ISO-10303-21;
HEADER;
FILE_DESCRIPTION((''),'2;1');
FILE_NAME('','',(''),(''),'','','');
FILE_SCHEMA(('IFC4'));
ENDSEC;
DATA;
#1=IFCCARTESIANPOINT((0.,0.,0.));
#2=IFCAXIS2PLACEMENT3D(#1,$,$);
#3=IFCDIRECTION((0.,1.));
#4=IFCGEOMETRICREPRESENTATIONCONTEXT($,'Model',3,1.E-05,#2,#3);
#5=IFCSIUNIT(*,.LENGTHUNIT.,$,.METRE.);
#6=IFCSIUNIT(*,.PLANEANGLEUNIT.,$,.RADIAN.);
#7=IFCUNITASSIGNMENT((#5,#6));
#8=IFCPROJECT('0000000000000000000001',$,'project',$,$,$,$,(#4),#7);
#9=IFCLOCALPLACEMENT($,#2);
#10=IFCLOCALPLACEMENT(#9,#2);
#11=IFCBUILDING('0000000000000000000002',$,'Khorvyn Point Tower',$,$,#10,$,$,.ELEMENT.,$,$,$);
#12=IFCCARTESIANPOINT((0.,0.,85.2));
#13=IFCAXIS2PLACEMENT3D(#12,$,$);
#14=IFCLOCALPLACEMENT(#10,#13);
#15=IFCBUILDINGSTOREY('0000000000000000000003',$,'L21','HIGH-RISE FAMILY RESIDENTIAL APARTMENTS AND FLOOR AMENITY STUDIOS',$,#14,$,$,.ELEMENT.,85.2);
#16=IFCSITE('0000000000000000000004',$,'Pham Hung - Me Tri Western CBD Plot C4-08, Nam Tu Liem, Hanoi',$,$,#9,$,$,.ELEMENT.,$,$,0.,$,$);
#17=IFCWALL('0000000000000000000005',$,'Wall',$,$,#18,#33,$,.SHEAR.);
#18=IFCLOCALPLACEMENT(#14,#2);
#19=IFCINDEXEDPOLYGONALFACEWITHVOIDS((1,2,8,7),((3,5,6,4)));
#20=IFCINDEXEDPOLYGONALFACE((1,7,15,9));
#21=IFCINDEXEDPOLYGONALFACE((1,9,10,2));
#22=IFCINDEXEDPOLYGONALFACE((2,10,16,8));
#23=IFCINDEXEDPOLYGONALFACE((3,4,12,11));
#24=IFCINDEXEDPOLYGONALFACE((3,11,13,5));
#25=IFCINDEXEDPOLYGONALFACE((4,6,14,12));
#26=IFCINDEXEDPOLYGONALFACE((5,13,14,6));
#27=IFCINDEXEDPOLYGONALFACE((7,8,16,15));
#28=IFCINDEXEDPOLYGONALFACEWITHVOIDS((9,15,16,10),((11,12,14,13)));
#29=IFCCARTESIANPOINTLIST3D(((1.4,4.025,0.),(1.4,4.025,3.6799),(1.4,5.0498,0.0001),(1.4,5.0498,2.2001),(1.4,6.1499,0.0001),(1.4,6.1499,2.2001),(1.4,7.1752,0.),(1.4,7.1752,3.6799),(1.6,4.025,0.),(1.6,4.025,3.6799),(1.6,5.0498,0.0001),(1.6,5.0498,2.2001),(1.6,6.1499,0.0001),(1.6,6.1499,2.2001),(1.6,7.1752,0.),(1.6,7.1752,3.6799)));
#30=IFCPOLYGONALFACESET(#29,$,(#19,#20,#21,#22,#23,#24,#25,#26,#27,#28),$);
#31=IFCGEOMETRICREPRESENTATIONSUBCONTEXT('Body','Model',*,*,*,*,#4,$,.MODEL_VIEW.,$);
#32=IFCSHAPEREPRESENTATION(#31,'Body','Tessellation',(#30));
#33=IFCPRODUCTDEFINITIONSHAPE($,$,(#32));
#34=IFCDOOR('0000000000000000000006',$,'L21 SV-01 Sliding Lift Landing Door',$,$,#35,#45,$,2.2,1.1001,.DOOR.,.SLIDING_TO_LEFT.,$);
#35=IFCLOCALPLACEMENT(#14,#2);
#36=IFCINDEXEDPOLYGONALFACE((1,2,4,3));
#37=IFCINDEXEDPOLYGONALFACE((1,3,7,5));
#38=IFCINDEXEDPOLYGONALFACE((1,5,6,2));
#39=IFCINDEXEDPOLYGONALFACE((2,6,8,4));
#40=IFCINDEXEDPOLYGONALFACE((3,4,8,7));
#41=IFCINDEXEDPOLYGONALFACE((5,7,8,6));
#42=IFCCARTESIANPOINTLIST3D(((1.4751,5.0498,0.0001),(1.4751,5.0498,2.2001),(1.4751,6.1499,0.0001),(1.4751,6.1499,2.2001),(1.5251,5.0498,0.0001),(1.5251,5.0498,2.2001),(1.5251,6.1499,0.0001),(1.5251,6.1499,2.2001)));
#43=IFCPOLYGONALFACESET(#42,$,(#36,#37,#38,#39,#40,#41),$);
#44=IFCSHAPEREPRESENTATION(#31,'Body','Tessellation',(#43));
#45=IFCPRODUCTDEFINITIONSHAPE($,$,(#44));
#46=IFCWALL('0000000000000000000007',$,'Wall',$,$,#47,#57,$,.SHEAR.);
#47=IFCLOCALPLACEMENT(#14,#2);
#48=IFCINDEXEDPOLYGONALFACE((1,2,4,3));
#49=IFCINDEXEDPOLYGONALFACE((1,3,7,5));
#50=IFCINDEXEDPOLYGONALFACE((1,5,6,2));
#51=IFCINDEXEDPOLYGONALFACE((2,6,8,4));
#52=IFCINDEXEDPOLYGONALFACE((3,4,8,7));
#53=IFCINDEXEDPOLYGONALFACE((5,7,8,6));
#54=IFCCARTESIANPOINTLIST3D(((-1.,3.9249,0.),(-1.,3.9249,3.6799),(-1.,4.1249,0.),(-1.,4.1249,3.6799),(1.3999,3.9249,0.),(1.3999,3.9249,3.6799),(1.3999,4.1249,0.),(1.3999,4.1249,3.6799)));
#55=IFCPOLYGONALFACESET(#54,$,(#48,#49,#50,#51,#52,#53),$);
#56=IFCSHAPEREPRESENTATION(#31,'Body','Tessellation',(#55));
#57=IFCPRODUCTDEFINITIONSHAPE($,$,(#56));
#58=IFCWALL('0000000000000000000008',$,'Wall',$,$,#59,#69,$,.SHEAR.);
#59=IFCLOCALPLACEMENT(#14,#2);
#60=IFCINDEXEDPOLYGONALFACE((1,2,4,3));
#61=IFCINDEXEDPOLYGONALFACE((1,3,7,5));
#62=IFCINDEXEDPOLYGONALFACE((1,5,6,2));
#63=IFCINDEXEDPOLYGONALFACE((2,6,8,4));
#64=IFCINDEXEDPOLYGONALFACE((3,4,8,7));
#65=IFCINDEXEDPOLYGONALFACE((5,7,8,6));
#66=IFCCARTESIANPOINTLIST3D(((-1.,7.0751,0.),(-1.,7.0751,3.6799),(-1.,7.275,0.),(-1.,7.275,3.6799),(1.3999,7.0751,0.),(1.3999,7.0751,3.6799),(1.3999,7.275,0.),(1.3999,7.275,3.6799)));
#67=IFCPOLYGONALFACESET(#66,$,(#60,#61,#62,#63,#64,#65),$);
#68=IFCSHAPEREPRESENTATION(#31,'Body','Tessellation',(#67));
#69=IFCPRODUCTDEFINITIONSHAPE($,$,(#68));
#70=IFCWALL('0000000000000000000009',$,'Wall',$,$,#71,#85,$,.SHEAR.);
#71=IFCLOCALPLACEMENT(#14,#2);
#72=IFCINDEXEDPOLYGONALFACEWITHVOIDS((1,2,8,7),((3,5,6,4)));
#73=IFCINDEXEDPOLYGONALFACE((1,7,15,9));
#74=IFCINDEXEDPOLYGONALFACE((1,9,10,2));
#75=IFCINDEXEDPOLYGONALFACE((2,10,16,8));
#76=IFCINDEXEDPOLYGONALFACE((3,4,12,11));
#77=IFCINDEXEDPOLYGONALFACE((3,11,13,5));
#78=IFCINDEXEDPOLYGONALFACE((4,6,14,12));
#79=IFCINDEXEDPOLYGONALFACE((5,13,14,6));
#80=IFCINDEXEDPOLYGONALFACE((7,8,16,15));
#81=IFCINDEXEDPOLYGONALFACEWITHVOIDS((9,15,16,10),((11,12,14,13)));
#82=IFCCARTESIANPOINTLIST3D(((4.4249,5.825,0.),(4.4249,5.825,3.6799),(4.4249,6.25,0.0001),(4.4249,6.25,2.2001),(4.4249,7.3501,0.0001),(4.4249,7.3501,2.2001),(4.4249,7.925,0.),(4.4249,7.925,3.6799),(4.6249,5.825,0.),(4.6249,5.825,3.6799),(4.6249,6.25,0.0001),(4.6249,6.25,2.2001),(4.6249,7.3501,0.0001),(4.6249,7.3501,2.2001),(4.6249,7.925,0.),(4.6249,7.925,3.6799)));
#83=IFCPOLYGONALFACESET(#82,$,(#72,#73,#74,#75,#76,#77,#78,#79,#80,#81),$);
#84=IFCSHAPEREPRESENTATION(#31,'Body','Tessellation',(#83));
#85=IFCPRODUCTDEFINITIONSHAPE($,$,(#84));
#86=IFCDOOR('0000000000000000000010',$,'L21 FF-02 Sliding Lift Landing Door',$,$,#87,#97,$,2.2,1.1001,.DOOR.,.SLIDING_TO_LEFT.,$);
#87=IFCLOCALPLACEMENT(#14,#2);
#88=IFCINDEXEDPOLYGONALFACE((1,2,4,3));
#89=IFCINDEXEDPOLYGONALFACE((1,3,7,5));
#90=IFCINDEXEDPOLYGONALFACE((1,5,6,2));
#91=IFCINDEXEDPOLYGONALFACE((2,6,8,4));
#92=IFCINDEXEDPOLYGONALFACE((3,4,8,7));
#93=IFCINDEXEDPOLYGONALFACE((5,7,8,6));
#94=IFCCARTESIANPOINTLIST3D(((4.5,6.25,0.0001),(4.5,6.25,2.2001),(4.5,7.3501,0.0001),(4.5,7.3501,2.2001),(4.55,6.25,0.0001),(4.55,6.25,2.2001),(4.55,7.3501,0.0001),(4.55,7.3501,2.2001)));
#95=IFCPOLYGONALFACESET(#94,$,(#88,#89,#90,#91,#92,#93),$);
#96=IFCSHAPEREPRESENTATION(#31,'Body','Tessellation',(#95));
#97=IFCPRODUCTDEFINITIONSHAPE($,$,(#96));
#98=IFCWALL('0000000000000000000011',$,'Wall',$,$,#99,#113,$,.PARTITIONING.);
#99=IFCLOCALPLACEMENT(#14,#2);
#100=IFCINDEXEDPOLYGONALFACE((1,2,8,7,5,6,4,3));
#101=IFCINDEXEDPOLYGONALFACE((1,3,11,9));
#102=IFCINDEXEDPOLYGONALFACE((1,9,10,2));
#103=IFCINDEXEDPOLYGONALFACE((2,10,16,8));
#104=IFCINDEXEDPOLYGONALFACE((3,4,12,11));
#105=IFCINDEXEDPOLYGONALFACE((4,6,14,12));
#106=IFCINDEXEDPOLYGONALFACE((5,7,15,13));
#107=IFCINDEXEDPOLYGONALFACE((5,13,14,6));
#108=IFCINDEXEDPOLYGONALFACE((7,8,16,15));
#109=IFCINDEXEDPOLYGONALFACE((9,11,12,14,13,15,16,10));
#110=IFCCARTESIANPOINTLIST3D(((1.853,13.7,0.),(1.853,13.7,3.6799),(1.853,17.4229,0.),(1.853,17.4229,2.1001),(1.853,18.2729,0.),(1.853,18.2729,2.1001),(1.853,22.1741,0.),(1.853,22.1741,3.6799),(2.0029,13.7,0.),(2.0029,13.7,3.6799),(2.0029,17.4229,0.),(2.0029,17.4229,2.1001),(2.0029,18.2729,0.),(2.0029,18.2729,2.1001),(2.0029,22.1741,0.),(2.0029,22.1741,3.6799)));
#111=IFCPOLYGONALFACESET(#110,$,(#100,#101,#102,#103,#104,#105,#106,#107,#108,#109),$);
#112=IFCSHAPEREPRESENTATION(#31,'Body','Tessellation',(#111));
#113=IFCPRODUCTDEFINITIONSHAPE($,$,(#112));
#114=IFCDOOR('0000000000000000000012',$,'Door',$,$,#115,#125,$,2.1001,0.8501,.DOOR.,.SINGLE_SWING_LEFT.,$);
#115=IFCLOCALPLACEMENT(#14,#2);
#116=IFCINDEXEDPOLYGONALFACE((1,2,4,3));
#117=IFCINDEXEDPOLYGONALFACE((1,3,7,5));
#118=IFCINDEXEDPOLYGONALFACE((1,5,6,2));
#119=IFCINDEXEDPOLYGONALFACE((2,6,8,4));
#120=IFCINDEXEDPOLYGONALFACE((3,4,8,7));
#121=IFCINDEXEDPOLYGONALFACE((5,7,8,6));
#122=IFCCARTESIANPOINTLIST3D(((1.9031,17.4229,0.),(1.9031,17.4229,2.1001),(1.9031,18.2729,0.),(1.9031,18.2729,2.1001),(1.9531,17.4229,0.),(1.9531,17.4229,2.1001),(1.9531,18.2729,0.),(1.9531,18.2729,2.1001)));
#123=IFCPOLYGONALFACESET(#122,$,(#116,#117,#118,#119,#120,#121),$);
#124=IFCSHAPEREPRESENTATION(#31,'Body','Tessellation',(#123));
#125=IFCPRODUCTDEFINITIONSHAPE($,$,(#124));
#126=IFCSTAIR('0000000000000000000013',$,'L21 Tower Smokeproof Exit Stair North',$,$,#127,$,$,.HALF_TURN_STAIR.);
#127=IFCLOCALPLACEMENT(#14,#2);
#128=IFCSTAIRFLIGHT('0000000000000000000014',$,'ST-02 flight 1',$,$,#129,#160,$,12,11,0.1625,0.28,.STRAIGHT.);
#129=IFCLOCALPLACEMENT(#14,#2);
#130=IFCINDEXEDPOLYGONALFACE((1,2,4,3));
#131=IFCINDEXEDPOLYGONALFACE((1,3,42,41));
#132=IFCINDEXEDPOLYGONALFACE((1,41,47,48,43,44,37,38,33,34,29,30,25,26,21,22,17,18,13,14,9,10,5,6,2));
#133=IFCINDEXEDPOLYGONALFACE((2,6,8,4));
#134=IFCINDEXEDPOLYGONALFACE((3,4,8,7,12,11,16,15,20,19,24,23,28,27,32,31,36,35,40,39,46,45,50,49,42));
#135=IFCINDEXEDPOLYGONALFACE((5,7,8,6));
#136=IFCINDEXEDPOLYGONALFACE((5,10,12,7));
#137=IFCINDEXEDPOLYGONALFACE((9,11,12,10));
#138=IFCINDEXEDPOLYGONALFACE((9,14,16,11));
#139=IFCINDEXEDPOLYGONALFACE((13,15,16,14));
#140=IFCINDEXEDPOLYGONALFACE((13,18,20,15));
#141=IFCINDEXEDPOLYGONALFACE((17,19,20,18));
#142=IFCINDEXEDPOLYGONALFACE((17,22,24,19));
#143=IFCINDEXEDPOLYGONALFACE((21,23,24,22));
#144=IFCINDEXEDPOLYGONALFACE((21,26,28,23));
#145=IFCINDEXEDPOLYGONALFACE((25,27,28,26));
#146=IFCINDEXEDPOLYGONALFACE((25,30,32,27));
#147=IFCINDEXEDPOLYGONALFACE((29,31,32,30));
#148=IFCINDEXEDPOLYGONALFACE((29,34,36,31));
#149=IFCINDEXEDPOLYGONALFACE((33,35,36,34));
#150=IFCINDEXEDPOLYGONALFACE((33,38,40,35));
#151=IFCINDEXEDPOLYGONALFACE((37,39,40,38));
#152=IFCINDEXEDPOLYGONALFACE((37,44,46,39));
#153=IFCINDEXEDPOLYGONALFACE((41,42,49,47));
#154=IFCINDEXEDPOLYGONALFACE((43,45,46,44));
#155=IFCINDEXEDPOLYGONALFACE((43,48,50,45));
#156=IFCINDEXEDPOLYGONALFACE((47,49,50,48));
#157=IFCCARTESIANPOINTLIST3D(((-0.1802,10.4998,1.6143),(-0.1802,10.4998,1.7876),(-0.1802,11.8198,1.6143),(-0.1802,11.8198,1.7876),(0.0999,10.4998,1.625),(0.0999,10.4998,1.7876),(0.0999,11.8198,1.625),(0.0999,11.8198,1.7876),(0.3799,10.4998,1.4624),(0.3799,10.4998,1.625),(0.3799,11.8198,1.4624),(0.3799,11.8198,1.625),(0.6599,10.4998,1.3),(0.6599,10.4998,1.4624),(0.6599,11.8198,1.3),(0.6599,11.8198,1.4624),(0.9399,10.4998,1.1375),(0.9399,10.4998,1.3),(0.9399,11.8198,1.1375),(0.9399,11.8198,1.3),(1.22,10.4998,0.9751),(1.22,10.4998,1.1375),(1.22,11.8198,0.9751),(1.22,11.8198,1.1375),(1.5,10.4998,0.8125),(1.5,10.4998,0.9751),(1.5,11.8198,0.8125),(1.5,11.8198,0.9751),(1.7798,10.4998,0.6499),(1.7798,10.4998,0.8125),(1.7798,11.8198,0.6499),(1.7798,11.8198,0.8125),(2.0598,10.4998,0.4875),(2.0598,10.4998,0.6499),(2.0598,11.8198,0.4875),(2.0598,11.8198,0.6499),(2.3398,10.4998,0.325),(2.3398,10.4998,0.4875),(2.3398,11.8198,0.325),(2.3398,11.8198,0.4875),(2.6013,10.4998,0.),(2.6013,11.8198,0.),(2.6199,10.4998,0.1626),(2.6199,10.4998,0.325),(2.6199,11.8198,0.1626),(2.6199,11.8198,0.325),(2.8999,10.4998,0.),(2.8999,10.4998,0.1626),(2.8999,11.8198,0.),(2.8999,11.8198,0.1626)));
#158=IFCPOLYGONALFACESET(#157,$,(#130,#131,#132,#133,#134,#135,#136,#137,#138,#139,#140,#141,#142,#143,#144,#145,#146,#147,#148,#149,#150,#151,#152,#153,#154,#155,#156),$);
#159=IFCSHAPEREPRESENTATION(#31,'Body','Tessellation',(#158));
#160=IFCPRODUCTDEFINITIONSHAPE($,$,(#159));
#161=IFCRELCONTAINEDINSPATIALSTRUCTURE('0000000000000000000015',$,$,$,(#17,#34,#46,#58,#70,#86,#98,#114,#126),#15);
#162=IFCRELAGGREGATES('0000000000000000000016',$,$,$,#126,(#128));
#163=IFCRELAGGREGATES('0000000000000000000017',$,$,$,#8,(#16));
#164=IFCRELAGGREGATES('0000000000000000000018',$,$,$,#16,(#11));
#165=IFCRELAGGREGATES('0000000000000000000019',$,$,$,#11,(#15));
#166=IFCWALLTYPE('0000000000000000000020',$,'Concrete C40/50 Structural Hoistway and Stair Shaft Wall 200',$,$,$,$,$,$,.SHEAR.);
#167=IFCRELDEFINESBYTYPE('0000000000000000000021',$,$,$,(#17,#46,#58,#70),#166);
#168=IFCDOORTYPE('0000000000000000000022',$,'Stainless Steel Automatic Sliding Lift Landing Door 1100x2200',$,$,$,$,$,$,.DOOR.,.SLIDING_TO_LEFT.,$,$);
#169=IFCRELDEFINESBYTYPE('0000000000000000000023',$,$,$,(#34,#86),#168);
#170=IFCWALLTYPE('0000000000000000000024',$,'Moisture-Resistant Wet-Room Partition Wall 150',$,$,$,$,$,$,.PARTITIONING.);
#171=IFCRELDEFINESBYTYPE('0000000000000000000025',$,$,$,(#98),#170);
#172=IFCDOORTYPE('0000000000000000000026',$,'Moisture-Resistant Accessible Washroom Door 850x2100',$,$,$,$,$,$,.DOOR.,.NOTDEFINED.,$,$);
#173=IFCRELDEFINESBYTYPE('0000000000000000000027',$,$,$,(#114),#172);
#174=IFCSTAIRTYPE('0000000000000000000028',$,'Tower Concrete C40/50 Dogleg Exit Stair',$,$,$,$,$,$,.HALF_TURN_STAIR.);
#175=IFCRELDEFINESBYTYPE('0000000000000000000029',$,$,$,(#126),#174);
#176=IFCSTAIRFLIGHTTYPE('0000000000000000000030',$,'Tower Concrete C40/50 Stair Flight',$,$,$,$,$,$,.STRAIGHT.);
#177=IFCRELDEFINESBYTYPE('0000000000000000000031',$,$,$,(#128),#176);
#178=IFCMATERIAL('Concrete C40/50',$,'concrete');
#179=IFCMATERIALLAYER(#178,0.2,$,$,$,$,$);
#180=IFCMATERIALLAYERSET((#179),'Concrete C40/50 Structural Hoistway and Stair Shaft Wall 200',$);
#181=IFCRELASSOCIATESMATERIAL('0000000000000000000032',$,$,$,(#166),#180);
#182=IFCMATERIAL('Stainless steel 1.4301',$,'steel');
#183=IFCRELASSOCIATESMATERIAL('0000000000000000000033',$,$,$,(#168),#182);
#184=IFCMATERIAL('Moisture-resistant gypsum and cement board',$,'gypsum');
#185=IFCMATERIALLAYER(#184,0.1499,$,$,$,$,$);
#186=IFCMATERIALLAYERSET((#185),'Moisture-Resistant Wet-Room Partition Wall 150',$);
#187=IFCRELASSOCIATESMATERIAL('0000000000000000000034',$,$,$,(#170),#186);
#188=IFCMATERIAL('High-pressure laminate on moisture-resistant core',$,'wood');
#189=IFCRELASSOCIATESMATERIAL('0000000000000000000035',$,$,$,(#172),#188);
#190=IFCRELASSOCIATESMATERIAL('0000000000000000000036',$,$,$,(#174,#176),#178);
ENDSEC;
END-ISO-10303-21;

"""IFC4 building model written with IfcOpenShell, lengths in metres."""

from ifc_helpers import new_model, si_unit, direction, frame, frame_2d, origin, place, context, subcontext, project, spatial, polyline, rectangle, outline, extrude, material, layer, layer_set, type_object, element, fill, aggregate, save


model = new_model("IFC4")

# Units and contexts
model_context = context("Model", 3, precision=1e-05, world=origin(), true_north=direction((0.0, 1.0)))
body_context = subcontext(model_context, "Body", "Model", "MODEL_VIEW")
ifc_project = project(units=[si_unit("LENGTHUNIT", "METRE"), si_unit("PLANEANGLEUNIT", "RADIAN")], contexts=[model_context])

# Site, building, storey
site_placement = place(None, origin())
site = spatial("IfcSite", under=ifc_project, at=site_placement, Name="Pham Hung - Me Tri Western CBD Plot C4-08, Nam Tu Liem, Hanoi", CompositionType="ELEMENT", RefElevation=0.0)
building_placement = place(site_placement, origin())
building = spatial("IfcBuilding", under=site, at=building_placement, Name="Khorvyn Point Tower", CompositionType="ELEMENT")
storey_placement = place(building_placement, frame((0.0, 0.0, 85.2)))
storey = spatial("IfcBuildingStorey", under=building, at=storey_placement, Name="L21", Description="HIGH-RISE FAMILY RESIDENTIAL APARTMENTS AND FLOOR AMENITY STUDIOS", CompositionType="ELEMENT", Elevation=85.2)

# Shared definitions
ifc_material_1 = material(Name="Concrete C40/50", Category="concrete")

# Shared definitions
ifc_layer_1 = layer(ifc_material_1, 0.2)
ifc_layer_set_1 = layer_set([ifc_layer_1], Name="Concrete C40/50 Structural Hoistway and Stair Shaft Wall 200")
wall_type_1 = type_object("IfcWallType", Name="Concrete C40/50 Structural Hoistway and Stair Shaft Wall 200", PredefinedType="SHEAR", material=ifc_layer_set_1)

# Wall, opening, door
wall_1_placement = place(storey_placement, frame((1.5, 4.0249, 0.0), z_axis=(0.0, 0.0, 1.0), x_axis=(0.0, 1.0, 0.0)))
wall_1 = element("IfcWall", 1, at=wall_1_placement, inside=storey, type_object=wall_type_1, Name="Wall", PredefinedType="SHEAR", context=body_context, shape_type="SweptSolid", body=[
    extrude(rectangle(XDim=3.1501, YDim=0.2, at=frame_2d((1.5752, 0.0))), origin(), (0.0, 0.0, 1.0), 3.6799),
])
opening_1_placement = place(wall_1_placement, frame((1.0249, 0.0, 0.0)))
opening_1 = element("IfcOpeningElement", 2, at=opening_1_placement, cuts=wall_1, PredefinedType="OPENING", context=body_context, shape_type="SweptSolid", body=[
    extrude(rectangle(XDim=1.1001, YDim=2.2, at=frame_2d((0.55, 1.1001))), frame((0.0, 0.1099, 0.0), z_axis=(0.0, -1.0, 0.0), x_axis=(1.0, 0.0, 0.0)), (0.0, 0.0, 1.0), 0.22),
])
ifc_material_2 = material(Name="Stainless steel 1.4301", Category="steel")
door_type_1 = type_object("IfcDoorType", Name="Stainless Steel Automatic Sliding Lift Landing Door 1100x2200", OperationType="SLIDING_TO_LEFT", PredefinedType="DOOR", material=ifc_material_2)
door_1_placement = place(opening_1_placement, origin())
door_1 = element("IfcDoor", 3, at=door_1_placement, inside=storey, type_object=door_type_1, Name="L21 SV-01 Sliding Lift Landing Door", OperationType="SLIDING_TO_LEFT", OverallHeight=2.2, OverallWidth=1.1001, PredefinedType="DOOR", context=body_context, shape_type="SweptSolid", body=[
    extrude(rectangle(XDim=1.1001, YDim=2.2, at=frame_2d((0.55, 1.1001))), frame((0.0, 0.0249, 0.0), z_axis=(0.0, -1.0, 0.0), x_axis=(1.0, 0.0, 0.0)), (0.0, 0.0, 1.0), 0.05),
])
fill(opening_1, door_1)

# Walls
for number, where, z_axis, x_axis, name in (
    (4, (-1.0, 4.0249, 0.0), (0.0, 0.0, 1.0), (1.0, 0.0, 0.0), "Wall"),
    (5, (-1.0, 7.175, 0.0), (0.0, 0.0, 1.0), (1.0, 0.0, 0.0), "Wall"),
):
    element("IfcWall", number, at=place(storey_placement, frame(where, z_axis=z_axis, x_axis=x_axis)), inside=storey, type_object=wall_type_1, Name=name, PredefinedType="SHEAR", context=body_context, shape_type="SweptSolid", body=[
        extrude(rectangle(XDim=2.3999, YDim=0.2, at=frame_2d((1.2, 0.0))), origin(), (0.0, 0.0, 1.0), 3.6799),
    ])

# Walls, openings, doors
wall_2_placement = place(storey_placement, frame((4.5249, 5.825, 0.0), z_axis=(0.0, 0.0, 1.0), x_axis=(0.0, 1.0, 0.0)))
wall_2 = element("IfcWall", 6, at=wall_2_placement, inside=storey, type_object=wall_type_1, Name="Wall", PredefinedType="SHEAR", context=body_context, shape_type="SweptSolid", body=[
    extrude(rectangle(XDim=2.1001, YDim=0.2, at=frame_2d((1.05, 0.0))), origin(), (0.0, 0.0, 1.0), 3.6799),
])
opening_2_placement = place(wall_2_placement, frame((0.425, 0.0, 0.0)))
opening_2 = element("IfcOpeningElement", 7, at=opening_2_placement, cuts=wall_2, PredefinedType="OPENING", context=body_context, shape_type="SweptSolid", body=[
    extrude(rectangle(XDim=1.1001, YDim=2.2, at=frame_2d((0.55, 1.1001))), frame((0.0, 0.1099, 0.0), z_axis=(0.0, -1.0, 0.0), x_axis=(1.0, 0.0, 0.0)), (0.0, 0.0, 1.0), 0.22),
])
door_2_placement = place(opening_2_placement, origin())
door_2 = element("IfcDoor", 8, at=door_2_placement, inside=storey, type_object=door_type_1, Name="L21 FF-02 Sliding Lift Landing Door", OperationType="SLIDING_TO_LEFT", OverallHeight=2.2, OverallWidth=1.1001, PredefinedType="DOOR", context=body_context, shape_type="SweptSolid", body=[
    extrude(rectangle(XDim=1.1001, YDim=2.2, at=frame_2d((0.55, 1.1001))), frame((0.0, 0.0249, 0.0), z_axis=(0.0, -1.0, 0.0), x_axis=(1.0, 0.0, 0.0)), (0.0, 0.0, 1.0), 0.05),
])
fill(opening_2, door_2)
ifc_material_3 = material(Name="Moisture-resistant gypsum and cement board", Category="gypsum")
ifc_layer_2 = layer(ifc_material_3, 0.1499)
ifc_layer_set_2 = layer_set([ifc_layer_2], Name="Moisture-Resistant Wet-Room Partition Wall 150")
wall_type_2 = type_object("IfcWallType", Name="Moisture-Resistant Wet-Room Partition Wall 150", PredefinedType="PARTITIONING", material=ifc_layer_set_2)
wall_3_placement = place(storey_placement, frame((1.928, 13.7, 0.0), z_axis=(0.0, 0.0, 1.0), x_axis=(0.0, 1.0, 0.0)))
wall_3 = element("IfcWall", 9, at=wall_3_placement, inside=storey, type_object=wall_type_2, Name="Wall", PredefinedType="PARTITIONING", context=body_context, shape_type="SweptSolid", body=[
    extrude(rectangle(XDim=8.4741, YDim=0.1499, at=frame_2d((4.2371, 0.0))), origin(), (0.0, 0.0, 1.0), 3.6799),
])
opening_3_placement = place(wall_3_placement, frame((3.7229, 0.0, 0.0)))
opening_3 = element("IfcOpeningElement", 10, at=opening_3_placement, cuts=wall_3, PredefinedType="OPENING", context=body_context, shape_type="SweptSolid", body=[
    extrude(rectangle(XDim=0.8501, YDim=2.1001, at=frame_2d((0.425, 1.05))), frame((0.0, 0.085, 0.0), z_axis=(0.0, -1.0, 0.0), x_axis=(1.0, 0.0, 0.0)), (0.0, 0.0, 1.0), 0.1699),
])
ifc_material_4 = material(Name="High-pressure laminate on moisture-resistant core", Category="wood")
door_type_2 = type_object("IfcDoorType", Name="Moisture-Resistant Accessible Washroom Door 850x2100", OperationType="NOTDEFINED", PredefinedType="DOOR", material=ifc_material_4)
door_3_placement = place(opening_3_placement, origin())
door_3 = element("IfcDoor", 11, at=door_3_placement, inside=storey, type_object=door_type_2, Name="Door", OperationType="SINGLE_SWING_LEFT", OverallHeight=2.1001, OverallWidth=0.8501, PredefinedType="DOOR", context=body_context, shape_type="SweptSolid", body=[
    extrude(rectangle(XDim=0.8501, YDim=2.1001, at=frame_2d((0.425, 1.05))), frame((0.0, 0.0249, 0.0), z_axis=(0.0, -1.0, 0.0), x_axis=(1.0, 0.0, 0.0)), (0.0, 0.0, 1.0), 0.05),
])
fill(opening_3, door_3)

# Stair, stair flight
stair_type = type_object("IfcStairType", Name="Tower Concrete C40/50 Dogleg Exit Stair", PredefinedType="HALF_TURN_STAIR", material=ifc_material_1)
stair_placement = place(storey_placement, origin())
stair = element("IfcStair", 12, at=stair_placement, inside=storey, type_object=stair_type, Name="L21 Tower Smokeproof Exit Stair North", PredefinedType="HALF_TURN_STAIR")
stair_flight_type = type_object("IfcStairFlightType", Name="Tower Concrete C40/50 Stair Flight", PredefinedType="STRAIGHT", material=ifc_material_1)
stair_flight_1_placement = place(storey_placement, frame((2.8999, 11.1599, 0.0), z_axis=(0.0, 0.0, 1.0), x_axis=(-1.0, 0.0, 0.0)))
stair_flight_1 = element("IfcStairFlight", 13, at=stair_flight_1_placement, type_object=stair_flight_type, Name="ST-02 flight 1", NumberOfRisers=12, NumberOfTreads=11, PredefinedType="STRAIGHT", RiserHeight=0.1625, TreadLength=0.28, context=body_context, shape_type="SweptSolid", body=[
    extrude(outline(polyline([(0.0, 0.0), (0.0, 0.1626), (0.28, 0.1626), (0.28, 0.325), (0.5601, 0.325), (0.5601, 0.4875), (0.8401, 0.4875), (0.8401, 0.6499), (1.1201, 0.6499), (1.1201, 0.8125), (1.3999, 0.8125), (1.3999, 0.9751), (1.6799, 0.9751), (1.6799, 1.1375), (1.96, 1.1375), (1.96, 1.3), (2.24, 1.3), (2.24, 1.4624), (2.52, 1.4624), (2.52, 1.625), (2.8, 1.625), (2.8, 1.7876), (3.0801, 1.7876), (3.0801, 1.95), (3.0801, 1.6143), (0.2986, 0.0), (0.0, 0.0)])), frame((0.0, 0.6602, 0.0), z_axis=(0.0, -1.0, 0.0), x_axis=(1.0, 0.0, 0.0)), (0.0, 0.0, 1.0), 1.3201),
])
aggregate(stair, [stair_flight_1])

save(model, "model.ifc")
